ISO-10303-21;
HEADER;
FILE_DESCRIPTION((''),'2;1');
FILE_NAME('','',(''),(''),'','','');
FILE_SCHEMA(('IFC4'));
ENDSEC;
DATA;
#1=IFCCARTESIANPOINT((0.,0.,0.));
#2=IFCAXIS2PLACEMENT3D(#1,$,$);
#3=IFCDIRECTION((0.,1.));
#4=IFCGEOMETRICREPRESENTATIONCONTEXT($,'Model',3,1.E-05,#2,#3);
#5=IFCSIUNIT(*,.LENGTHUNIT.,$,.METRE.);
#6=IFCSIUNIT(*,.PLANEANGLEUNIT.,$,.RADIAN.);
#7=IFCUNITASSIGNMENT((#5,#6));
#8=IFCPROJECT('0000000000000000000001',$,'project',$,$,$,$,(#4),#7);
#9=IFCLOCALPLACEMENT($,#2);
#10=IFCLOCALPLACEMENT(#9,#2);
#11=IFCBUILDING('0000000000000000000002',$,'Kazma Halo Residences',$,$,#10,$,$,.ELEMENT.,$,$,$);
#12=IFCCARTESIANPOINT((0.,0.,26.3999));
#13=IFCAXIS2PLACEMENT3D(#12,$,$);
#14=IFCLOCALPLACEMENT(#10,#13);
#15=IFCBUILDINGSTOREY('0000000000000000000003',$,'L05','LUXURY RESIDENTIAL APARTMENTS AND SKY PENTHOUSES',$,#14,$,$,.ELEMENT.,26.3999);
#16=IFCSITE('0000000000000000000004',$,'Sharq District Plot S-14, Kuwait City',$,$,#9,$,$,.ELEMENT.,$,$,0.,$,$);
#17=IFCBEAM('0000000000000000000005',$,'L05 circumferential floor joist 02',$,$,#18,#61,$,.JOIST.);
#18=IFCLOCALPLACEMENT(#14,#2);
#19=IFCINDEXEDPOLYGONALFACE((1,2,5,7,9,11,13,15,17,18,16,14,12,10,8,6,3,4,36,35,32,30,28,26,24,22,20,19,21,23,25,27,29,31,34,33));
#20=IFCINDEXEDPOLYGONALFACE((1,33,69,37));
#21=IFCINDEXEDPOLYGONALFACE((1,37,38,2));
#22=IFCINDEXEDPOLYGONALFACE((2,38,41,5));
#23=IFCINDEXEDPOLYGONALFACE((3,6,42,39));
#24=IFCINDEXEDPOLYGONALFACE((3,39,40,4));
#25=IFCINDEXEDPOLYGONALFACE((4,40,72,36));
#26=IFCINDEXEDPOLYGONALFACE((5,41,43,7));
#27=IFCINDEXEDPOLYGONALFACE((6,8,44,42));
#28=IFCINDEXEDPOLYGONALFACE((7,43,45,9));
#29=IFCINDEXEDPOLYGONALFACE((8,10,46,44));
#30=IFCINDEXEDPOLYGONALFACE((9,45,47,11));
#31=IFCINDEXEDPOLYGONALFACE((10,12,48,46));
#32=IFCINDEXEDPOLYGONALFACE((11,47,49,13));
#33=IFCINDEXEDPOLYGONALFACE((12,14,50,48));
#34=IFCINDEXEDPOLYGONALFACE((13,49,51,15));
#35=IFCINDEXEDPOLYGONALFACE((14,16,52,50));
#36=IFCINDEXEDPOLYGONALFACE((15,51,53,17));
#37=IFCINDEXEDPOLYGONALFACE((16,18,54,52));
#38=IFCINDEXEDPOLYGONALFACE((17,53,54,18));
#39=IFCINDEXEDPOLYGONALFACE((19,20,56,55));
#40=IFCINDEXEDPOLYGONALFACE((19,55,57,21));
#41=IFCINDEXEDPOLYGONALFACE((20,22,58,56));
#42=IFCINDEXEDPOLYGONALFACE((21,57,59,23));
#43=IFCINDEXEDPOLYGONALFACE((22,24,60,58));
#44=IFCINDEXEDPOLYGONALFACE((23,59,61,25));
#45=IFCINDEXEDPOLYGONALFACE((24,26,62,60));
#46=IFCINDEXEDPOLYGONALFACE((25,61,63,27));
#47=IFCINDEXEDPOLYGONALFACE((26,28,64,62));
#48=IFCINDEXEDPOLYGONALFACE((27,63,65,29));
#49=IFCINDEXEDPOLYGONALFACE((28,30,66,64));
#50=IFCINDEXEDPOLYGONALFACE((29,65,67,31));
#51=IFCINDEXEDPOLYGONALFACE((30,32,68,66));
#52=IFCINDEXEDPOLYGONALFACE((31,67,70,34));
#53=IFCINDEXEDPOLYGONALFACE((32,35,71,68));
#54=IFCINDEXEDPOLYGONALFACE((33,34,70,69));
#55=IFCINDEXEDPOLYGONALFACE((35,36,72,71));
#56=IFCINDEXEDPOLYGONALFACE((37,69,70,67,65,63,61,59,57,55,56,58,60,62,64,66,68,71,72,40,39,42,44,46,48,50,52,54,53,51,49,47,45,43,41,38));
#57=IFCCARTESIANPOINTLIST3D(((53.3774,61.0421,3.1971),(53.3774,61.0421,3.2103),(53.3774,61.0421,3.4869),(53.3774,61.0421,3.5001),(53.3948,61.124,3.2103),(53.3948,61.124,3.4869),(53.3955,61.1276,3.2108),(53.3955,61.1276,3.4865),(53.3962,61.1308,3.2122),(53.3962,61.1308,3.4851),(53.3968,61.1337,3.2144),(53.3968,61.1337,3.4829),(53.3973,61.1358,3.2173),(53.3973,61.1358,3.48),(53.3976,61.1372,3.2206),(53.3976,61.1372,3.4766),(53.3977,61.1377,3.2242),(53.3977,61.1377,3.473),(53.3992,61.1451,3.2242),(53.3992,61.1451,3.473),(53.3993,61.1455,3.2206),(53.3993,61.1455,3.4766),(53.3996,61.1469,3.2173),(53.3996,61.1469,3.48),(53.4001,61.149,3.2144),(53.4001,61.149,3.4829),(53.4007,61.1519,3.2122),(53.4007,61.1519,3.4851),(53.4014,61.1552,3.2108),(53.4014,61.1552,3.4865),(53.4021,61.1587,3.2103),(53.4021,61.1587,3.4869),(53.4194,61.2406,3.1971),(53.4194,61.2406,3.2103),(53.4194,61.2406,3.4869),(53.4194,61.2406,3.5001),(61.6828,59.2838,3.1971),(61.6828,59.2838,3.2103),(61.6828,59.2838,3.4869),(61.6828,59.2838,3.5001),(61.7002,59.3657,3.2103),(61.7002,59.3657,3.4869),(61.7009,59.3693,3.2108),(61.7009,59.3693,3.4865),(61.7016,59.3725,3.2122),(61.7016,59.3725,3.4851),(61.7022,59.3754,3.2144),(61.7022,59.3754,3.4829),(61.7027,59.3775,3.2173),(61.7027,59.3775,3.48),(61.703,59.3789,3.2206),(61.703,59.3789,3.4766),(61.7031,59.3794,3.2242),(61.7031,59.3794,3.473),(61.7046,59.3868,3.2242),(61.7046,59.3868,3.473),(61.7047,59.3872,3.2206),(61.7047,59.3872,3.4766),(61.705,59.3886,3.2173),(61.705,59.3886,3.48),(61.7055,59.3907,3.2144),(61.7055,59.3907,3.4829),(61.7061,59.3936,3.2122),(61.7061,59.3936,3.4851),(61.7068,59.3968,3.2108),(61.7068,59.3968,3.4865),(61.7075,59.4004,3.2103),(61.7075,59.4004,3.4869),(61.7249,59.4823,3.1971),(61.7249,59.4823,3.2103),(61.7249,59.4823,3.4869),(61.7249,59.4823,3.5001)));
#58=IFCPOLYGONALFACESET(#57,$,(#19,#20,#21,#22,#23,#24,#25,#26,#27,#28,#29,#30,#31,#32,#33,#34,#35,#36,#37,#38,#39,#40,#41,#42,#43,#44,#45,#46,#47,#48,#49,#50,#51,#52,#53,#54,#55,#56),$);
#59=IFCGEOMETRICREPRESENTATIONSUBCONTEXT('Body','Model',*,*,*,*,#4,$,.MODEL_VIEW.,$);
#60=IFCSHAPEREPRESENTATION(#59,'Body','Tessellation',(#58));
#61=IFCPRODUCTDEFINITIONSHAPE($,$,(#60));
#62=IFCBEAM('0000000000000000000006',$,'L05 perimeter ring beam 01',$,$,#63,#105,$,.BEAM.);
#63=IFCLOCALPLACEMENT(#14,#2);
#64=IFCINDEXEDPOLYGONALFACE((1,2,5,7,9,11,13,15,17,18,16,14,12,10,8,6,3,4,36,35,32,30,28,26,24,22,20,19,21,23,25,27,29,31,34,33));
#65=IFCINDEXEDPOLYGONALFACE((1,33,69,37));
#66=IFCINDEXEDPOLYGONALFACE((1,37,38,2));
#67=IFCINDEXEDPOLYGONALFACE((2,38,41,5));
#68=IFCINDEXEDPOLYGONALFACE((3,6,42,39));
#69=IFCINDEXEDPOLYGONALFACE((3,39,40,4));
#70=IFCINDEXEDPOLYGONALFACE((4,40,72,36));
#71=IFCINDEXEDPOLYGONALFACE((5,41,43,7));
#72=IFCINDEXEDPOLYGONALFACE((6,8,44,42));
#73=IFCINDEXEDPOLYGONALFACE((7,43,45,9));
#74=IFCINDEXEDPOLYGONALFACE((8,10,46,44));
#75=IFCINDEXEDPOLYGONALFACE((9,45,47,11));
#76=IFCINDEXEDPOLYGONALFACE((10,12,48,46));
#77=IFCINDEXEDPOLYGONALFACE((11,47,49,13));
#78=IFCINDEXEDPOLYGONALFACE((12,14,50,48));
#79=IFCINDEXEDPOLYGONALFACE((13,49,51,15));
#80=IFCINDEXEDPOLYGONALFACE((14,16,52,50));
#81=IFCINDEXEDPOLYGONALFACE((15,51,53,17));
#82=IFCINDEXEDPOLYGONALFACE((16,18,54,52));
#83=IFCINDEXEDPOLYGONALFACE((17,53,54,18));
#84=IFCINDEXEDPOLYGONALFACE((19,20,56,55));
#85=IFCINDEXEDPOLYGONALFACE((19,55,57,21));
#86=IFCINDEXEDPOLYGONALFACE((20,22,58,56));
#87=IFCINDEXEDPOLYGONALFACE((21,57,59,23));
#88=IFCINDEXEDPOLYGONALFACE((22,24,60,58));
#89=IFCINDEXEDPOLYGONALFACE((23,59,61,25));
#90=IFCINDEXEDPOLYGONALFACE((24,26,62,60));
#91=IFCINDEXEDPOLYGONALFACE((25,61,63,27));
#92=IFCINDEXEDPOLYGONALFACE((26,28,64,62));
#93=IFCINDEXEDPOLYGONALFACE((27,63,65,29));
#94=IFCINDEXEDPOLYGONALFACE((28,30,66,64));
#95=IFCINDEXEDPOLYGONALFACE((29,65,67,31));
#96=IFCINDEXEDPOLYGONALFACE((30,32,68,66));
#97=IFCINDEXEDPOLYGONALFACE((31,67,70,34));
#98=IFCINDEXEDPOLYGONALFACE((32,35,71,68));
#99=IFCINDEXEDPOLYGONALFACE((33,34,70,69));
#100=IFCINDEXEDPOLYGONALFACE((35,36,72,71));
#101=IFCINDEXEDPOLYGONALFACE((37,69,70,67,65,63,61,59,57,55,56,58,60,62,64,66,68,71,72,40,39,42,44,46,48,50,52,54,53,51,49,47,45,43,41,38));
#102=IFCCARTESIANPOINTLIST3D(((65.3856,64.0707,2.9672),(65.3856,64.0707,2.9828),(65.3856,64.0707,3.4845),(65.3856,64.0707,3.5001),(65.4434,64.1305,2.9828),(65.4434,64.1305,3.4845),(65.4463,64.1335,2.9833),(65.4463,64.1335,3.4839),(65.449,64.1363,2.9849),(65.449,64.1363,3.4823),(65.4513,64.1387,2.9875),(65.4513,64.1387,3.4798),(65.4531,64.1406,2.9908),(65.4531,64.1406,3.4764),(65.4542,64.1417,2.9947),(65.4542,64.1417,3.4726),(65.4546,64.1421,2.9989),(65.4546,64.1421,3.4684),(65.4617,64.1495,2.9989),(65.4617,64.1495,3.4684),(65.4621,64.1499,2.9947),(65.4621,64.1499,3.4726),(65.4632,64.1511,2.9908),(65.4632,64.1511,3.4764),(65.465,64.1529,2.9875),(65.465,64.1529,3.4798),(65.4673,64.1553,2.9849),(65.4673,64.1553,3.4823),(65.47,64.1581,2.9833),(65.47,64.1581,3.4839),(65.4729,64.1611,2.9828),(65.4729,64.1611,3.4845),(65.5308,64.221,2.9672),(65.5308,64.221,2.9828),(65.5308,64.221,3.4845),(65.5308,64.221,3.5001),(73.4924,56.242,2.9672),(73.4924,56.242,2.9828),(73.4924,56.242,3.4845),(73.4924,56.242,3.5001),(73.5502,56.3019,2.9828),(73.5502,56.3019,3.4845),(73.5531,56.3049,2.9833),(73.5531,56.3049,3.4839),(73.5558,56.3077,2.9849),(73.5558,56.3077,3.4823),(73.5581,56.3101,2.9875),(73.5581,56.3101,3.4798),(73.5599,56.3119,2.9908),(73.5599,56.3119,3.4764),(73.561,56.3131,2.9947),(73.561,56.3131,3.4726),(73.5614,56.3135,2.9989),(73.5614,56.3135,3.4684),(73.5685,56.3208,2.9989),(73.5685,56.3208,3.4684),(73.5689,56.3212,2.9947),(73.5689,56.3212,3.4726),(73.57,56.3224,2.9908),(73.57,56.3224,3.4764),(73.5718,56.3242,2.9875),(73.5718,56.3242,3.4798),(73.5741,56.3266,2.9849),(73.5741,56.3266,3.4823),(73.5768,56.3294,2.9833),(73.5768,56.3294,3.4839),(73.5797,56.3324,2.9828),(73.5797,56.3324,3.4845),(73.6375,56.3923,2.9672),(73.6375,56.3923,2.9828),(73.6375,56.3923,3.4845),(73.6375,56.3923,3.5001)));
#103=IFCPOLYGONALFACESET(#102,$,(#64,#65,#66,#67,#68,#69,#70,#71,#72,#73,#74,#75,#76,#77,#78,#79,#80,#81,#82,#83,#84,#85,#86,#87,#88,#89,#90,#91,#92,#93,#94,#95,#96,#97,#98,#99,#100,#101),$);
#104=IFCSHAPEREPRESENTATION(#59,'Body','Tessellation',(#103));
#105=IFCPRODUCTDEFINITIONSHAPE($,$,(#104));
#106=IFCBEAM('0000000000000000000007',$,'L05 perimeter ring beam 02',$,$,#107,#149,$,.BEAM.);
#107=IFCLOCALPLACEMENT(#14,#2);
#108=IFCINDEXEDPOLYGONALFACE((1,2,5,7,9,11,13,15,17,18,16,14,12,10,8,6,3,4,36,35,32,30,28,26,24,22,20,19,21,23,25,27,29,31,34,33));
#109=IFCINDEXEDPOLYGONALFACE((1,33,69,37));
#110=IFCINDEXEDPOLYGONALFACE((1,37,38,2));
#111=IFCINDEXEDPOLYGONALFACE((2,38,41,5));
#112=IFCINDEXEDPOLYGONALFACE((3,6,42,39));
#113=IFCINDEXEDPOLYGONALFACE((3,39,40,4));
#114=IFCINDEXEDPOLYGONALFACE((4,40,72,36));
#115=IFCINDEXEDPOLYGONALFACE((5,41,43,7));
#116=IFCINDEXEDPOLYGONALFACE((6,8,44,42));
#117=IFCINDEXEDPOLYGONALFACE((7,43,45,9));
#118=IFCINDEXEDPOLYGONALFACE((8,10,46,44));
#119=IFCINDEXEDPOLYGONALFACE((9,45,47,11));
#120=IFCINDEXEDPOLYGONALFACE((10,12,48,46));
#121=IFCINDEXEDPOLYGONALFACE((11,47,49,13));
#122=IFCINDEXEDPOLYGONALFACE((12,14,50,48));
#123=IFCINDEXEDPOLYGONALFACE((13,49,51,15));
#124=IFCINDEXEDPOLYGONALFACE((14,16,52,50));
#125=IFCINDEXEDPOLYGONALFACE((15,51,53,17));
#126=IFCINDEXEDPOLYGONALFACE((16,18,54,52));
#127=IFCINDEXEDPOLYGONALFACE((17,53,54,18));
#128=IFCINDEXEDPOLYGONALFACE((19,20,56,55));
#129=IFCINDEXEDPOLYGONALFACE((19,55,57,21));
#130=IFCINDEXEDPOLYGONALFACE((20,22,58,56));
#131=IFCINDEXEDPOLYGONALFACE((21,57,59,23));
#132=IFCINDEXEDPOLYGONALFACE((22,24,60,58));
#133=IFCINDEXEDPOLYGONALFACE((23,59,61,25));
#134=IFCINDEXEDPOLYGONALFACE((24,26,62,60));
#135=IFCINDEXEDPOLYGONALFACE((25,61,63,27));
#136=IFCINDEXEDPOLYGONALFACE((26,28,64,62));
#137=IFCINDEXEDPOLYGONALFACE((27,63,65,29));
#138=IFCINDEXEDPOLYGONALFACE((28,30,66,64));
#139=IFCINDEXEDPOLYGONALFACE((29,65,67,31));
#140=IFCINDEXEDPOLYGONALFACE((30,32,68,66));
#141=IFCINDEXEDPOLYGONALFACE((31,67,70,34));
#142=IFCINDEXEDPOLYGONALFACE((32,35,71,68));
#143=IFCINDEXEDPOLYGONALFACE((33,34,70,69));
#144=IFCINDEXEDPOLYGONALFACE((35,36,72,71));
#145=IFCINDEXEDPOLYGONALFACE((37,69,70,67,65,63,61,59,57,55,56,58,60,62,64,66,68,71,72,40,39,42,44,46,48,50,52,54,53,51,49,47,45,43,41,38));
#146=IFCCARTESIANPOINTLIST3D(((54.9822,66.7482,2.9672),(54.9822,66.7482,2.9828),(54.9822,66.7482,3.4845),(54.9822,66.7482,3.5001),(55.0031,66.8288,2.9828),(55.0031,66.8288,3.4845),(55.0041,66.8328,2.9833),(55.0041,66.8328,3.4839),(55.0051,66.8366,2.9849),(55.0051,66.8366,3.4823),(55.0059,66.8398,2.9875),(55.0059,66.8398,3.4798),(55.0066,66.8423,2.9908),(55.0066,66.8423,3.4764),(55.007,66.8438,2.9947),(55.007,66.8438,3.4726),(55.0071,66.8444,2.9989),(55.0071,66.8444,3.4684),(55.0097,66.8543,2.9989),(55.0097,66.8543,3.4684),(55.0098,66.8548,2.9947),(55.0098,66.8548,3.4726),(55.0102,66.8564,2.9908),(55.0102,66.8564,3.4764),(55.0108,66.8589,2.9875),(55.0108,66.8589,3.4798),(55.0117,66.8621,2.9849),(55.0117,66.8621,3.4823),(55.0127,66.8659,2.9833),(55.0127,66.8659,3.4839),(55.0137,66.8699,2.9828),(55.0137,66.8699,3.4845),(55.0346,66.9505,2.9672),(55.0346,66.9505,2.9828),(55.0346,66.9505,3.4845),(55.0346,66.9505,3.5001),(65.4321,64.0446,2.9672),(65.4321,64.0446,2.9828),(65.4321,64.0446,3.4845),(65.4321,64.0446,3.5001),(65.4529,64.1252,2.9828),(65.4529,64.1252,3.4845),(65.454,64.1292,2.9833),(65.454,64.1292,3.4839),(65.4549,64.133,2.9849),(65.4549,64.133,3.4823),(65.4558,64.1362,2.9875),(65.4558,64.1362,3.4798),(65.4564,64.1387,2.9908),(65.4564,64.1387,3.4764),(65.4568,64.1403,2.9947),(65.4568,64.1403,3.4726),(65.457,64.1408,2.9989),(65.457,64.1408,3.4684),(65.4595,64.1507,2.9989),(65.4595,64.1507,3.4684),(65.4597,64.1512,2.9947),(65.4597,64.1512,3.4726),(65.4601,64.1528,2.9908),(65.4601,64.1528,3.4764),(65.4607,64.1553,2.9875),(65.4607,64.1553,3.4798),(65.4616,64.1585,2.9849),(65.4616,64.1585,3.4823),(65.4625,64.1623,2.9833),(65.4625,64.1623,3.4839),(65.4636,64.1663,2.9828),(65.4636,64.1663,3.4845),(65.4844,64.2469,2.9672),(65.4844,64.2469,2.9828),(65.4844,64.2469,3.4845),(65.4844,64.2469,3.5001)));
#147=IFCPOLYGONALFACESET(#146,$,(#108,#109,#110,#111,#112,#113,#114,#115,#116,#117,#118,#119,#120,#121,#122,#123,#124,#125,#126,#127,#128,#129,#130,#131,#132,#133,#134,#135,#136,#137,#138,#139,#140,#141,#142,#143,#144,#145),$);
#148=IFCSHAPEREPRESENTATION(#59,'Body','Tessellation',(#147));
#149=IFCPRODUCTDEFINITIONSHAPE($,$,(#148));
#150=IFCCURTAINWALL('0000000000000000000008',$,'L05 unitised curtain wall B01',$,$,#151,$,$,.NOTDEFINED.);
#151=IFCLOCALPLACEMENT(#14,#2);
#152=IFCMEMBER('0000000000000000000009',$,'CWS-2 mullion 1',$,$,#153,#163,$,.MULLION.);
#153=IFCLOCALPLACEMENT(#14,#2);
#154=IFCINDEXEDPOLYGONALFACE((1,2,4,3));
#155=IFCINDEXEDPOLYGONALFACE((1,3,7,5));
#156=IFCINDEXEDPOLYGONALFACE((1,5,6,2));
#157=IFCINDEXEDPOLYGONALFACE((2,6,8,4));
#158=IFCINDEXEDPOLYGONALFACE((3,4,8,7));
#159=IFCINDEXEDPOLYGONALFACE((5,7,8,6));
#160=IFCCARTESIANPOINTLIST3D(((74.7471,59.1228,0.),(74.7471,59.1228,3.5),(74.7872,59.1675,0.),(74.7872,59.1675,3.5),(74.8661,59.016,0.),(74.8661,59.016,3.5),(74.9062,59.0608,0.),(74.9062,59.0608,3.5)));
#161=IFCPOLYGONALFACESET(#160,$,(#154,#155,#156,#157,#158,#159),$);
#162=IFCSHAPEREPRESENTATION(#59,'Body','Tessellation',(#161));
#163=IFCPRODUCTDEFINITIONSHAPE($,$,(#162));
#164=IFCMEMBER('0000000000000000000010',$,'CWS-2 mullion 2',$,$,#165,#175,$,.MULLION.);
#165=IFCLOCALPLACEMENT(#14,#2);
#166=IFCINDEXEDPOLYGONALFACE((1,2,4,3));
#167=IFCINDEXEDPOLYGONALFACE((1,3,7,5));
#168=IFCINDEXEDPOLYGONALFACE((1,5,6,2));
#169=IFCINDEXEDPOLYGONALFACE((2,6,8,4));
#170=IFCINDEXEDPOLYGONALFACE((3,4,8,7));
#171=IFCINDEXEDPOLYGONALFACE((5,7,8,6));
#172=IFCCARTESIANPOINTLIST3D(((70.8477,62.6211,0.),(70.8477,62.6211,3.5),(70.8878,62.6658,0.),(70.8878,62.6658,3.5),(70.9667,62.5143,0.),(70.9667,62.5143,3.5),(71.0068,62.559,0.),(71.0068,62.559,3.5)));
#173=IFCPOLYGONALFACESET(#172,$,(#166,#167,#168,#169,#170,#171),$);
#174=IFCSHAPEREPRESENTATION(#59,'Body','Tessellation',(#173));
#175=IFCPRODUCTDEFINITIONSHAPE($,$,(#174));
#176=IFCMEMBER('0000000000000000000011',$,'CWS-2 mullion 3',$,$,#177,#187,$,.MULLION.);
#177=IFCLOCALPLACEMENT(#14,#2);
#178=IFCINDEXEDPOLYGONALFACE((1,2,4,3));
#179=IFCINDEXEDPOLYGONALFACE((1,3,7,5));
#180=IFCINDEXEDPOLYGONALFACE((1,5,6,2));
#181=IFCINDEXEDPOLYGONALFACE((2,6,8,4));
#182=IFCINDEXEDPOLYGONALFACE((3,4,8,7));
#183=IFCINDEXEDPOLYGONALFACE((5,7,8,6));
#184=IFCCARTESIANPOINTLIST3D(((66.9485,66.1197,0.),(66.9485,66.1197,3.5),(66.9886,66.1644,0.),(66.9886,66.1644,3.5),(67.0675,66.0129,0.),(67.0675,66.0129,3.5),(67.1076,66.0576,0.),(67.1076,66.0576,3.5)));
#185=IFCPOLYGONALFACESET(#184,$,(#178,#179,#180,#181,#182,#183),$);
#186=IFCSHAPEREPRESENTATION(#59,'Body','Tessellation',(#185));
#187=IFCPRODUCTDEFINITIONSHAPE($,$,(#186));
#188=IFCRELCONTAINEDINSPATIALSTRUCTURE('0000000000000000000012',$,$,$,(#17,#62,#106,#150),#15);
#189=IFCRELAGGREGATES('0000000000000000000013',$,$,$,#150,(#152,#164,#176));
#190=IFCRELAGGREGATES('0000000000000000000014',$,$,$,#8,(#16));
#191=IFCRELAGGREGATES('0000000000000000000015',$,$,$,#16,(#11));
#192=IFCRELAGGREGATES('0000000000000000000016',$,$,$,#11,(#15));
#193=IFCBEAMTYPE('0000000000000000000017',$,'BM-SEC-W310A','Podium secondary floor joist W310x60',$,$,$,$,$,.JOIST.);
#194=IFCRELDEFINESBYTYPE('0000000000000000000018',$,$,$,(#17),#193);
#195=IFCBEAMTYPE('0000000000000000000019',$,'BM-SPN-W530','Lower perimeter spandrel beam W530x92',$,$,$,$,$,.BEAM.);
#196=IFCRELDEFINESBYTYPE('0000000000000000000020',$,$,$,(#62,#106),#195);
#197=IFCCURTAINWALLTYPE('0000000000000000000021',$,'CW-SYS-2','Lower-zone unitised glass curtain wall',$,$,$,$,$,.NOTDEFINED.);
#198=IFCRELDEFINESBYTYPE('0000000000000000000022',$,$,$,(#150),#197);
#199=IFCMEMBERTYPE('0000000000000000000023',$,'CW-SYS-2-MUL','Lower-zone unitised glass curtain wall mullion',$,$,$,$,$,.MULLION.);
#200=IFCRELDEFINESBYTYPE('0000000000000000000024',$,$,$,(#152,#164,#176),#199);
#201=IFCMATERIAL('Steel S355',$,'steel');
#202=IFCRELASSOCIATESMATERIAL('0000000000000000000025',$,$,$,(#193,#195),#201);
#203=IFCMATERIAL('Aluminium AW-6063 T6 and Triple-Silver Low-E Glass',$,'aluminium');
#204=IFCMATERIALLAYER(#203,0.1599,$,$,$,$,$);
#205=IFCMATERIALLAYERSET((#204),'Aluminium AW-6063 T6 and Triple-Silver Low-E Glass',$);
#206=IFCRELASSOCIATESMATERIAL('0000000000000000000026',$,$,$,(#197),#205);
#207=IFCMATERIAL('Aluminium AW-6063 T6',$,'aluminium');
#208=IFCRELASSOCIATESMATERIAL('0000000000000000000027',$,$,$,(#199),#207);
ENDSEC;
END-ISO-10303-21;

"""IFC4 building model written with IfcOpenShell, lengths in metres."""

from ifc_helpers import new_model, si_unit, direction, frame, origin, origin_2d, place, context, subcontext, project, spatial, rectangle, i_section, extrude, material, layer, layer_set, material_profile, profile_set, type_object, element, aggregate, save


model = new_model("IFC4")

# Units and contexts
model_context = context("Model", 3, precision=1e-05, world=origin(), true_north=direction((0.0, 1.0)))
body_context = subcontext(model_context, "Body", "Model", "MODEL_VIEW")
ifc_project = project(units=[si_unit("LENGTHUNIT", "METRE"), si_unit("PLANEANGLEUNIT", "RADIAN")], contexts=[model_context])

# Site, building, storey
site_placement = place(None, origin())
site = spatial("IfcSite", under=ifc_project, at=site_placement, Name="Sharq District Plot S-14, Kuwait City", CompositionType="ELEMENT", RefElevation=0.0)
building_placement = place(site_placement, origin())
building = spatial("IfcBuilding", under=site, at=building_placement, Name="Kazma Halo Residences", CompositionType="ELEMENT")
storey_placement = place(building_placement, frame((0.0, 0.0, 26.3999)))
storey = spatial("IfcBuildingStorey", under=building, at=storey_placement, Name="L05", Description="LUXURY RESIDENTIAL APARTMENTS AND SKY PENTHOUSES", CompositionType="ELEMENT", Elevation=26.3999)

# Beams
ifc_material_1 = material(Name="Steel S355", Category="steel")
ifc_material_profile_1 = material_profile(ifc_material_1, i_section(OverallWidth=0.2029, OverallDepth=0.303, WebThickness=0.0076, FlangeThickness=0.0132, FilletRadius=0.0139, at=origin_2d()), Name="W310x60")
ifc_profile_set_1 = profile_set([ifc_material_profile_1], Name="Steel S355")
beam_type_1 = type_object("IfcBeamType", Name="BM-SEC-W310A", Description="Podium secondary floor joist W310x60", PredefinedType="JOIST", material=ifc_profile_set_1)
beam_1_placement = place(storey_placement, frame((61.7039, 59.3831, 3.3486), z_axis=(-0.978317, 0.207115, 0.0), x_axis=(-0.207115, -0.978317, 0.0)))
element("IfcBeam", 1, at=beam_1_placement, inside=storey, type_object=beam_type_1, Name="L05 circumferential floor joist 02", PredefinedType="JOIST", context=body_context, shape_type="SweptSolid", body=[
    extrude(i_section(OverallWidth=0.2029, OverallDepth=0.303, WebThickness=0.0076, FlangeThickness=0.0132, FilletRadius=0.0139, at=origin_2d()), origin(), (0.0, 0.0, 1.0), 8.4895),
])
ifc_material_profile_2 = material_profile(ifc_material_1, i_section(OverallWidth=0.209, OverallDepth=0.533, WebThickness=0.0103, FlangeThickness=0.0156, FilletRadius=0.0161, at=origin_2d()), Name="W530x92")
ifc_profile_set_2 = profile_set([ifc_material_profile_2], Name="Steel S355")
beam_type_2 = type_object("IfcBeamType", Name="BM-SPN-W530", Description="Lower perimeter spandrel beam W530x92", PredefinedType="BEAM", material=ifc_profile_set_2)
beam_2_placement = place(storey_placement, frame((73.5649, 56.3171, 3.2336), z_axis=(-0.719337, 0.694662, 0.0), x_axis=(-0.694662, -0.719337, 0.0)))
element("IfcBeam", 2, at=beam_2_placement, inside=storey, type_object=beam_type_2, Name="L05 perimeter ring beam 01", PredefinedType="BEAM", context=body_context, shape_type="SweptSolid", body=[
    extrude(i_section(OverallWidth=0.209, OverallDepth=0.533, WebThickness=0.0103, FlangeThickness=0.0156, FilletRadius=0.0161, at=origin_2d()), origin(), (0.0, 0.0, 1.0), 11.2698),
])
beam_3_placement = place(storey_placement, frame((65.4583, 64.1458, 3.2336), z_axis=(-0.968124, 0.250473, 0.0), x_axis=(-0.250473, -0.968124, 0.0)))
element("IfcBeam", 3, at=beam_3_placement, inside=storey, type_object=beam_type_2, Name="L05 perimeter ring beam 02", PredefinedType="BEAM", context=body_context, shape_type="SweptSolid", body=[
    extrude(i_section(OverallWidth=0.209, OverallDepth=0.533, WebThickness=0.0103, FlangeThickness=0.0156, FilletRadius=0.0161, at=origin_2d()), origin(), (0.0, 0.0, 1.0), 10.7939),
])

# Curtain wall, members
ifc_material_2 = material(Name="Aluminium AW-6063 T6 and Triple-Silver Low-E Glass", Category="aluminium")
ifc_layer_1 = layer(ifc_material_2, 0.1599)
ifc_layer_set_1 = layer_set([ifc_layer_1], Name="Aluminium AW-6063 T6 and Triple-Silver Low-E Glass")
curtain_wall_type = type_object("IfcCurtainWallType", Name="CW-SYS-2", Description="Lower-zone unitised glass curtain wall", PredefinedType="NOTDEFINED", material=ifc_layer_set_1)
curtain_wall_1_placement = place(storey_placement, origin())
curtain_wall_1 = element("IfcCurtainWall", 4, at=curtain_wall_1_placement, inside=storey, type_object=curtain_wall_type, Name="L05 unitised curtain wall B01", PredefinedType="NOTDEFINED")
ifc_material_3 = material(Name="Aluminium AW-6063 T6", Category="aluminium")
ifc_material_profile_3 = material_profile(ifc_material_3, rectangle(XDim=0.0601, YDim=0.1599, at=origin_2d()), Name="CWM-60x160")
ifc_profile_set_3 = profile_set([ifc_material_profile_3], Name="Aluminium AW-6063 T6")
member_type_1 = type_object("IfcMemberType", Name="CW-SYS-2-MUL", Description="Lower-zone unitised glass curtain wall mullion", PredefinedType="MULLION", material=ifc_profile_set_3)
member_1_placement = place(storey_placement, frame((74.8267, 59.0918, 0.0), z_axis=(0.0, 0.0, 1.0), x_axis=(-0.667821, -0.744322, 0.0)))
member_1 = element("IfcMember", 5, at=member_1_placement, type_object=member_type_1, Name="CWS-2 mullion 1", PredefinedType="MULLION", context=body_context, shape_type="SweptSolid", body=[
    extrude(rectangle(XDim=0.0601, YDim=0.1599, at=origin_2d()), origin(), (0.0, 0.0, 1.0), 3.5),
])
member_2_placement = place(storey_placement, frame((70.9272, 62.5901, 0.0), z_axis=(0.0, 0.0, 1.0), x_axis=(-0.667821, -0.744322, 0.0)))
member_2 = element("IfcMember", 6, at=member_2_placement, type_object=member_type_1, Name="CWS-2 mullion 2", PredefinedType="MULLION", context=body_context, shape_type="SweptSolid", body=[
    extrude(rectangle(XDim=0.0601, YDim=0.1599, at=origin_2d()), origin(), (0.0, 0.0, 1.0), 3.5),
])
member_3_placement = place(storey_placement, frame((67.0281, 66.0886, 0.0), z_axis=(0.0, 0.0, 1.0), x_axis=(-0.667821, -0.744322, 0.0)))
member_3 = element("IfcMember", 7, at=member_3_placement, type_object=member_type_1, Name="CWS-2 mullion 3", PredefinedType="MULLION", context=body_context, shape_type="SweptSolid", body=[
    extrude(rectangle(XDim=0.0601, YDim=0.1599, at=origin_2d()), origin(), (0.0, 0.0, 1.0), 3.5),
])

aggregate(curtain_wall_1, [member_1, member_2, member_3])

save(model, "model.ifc")
